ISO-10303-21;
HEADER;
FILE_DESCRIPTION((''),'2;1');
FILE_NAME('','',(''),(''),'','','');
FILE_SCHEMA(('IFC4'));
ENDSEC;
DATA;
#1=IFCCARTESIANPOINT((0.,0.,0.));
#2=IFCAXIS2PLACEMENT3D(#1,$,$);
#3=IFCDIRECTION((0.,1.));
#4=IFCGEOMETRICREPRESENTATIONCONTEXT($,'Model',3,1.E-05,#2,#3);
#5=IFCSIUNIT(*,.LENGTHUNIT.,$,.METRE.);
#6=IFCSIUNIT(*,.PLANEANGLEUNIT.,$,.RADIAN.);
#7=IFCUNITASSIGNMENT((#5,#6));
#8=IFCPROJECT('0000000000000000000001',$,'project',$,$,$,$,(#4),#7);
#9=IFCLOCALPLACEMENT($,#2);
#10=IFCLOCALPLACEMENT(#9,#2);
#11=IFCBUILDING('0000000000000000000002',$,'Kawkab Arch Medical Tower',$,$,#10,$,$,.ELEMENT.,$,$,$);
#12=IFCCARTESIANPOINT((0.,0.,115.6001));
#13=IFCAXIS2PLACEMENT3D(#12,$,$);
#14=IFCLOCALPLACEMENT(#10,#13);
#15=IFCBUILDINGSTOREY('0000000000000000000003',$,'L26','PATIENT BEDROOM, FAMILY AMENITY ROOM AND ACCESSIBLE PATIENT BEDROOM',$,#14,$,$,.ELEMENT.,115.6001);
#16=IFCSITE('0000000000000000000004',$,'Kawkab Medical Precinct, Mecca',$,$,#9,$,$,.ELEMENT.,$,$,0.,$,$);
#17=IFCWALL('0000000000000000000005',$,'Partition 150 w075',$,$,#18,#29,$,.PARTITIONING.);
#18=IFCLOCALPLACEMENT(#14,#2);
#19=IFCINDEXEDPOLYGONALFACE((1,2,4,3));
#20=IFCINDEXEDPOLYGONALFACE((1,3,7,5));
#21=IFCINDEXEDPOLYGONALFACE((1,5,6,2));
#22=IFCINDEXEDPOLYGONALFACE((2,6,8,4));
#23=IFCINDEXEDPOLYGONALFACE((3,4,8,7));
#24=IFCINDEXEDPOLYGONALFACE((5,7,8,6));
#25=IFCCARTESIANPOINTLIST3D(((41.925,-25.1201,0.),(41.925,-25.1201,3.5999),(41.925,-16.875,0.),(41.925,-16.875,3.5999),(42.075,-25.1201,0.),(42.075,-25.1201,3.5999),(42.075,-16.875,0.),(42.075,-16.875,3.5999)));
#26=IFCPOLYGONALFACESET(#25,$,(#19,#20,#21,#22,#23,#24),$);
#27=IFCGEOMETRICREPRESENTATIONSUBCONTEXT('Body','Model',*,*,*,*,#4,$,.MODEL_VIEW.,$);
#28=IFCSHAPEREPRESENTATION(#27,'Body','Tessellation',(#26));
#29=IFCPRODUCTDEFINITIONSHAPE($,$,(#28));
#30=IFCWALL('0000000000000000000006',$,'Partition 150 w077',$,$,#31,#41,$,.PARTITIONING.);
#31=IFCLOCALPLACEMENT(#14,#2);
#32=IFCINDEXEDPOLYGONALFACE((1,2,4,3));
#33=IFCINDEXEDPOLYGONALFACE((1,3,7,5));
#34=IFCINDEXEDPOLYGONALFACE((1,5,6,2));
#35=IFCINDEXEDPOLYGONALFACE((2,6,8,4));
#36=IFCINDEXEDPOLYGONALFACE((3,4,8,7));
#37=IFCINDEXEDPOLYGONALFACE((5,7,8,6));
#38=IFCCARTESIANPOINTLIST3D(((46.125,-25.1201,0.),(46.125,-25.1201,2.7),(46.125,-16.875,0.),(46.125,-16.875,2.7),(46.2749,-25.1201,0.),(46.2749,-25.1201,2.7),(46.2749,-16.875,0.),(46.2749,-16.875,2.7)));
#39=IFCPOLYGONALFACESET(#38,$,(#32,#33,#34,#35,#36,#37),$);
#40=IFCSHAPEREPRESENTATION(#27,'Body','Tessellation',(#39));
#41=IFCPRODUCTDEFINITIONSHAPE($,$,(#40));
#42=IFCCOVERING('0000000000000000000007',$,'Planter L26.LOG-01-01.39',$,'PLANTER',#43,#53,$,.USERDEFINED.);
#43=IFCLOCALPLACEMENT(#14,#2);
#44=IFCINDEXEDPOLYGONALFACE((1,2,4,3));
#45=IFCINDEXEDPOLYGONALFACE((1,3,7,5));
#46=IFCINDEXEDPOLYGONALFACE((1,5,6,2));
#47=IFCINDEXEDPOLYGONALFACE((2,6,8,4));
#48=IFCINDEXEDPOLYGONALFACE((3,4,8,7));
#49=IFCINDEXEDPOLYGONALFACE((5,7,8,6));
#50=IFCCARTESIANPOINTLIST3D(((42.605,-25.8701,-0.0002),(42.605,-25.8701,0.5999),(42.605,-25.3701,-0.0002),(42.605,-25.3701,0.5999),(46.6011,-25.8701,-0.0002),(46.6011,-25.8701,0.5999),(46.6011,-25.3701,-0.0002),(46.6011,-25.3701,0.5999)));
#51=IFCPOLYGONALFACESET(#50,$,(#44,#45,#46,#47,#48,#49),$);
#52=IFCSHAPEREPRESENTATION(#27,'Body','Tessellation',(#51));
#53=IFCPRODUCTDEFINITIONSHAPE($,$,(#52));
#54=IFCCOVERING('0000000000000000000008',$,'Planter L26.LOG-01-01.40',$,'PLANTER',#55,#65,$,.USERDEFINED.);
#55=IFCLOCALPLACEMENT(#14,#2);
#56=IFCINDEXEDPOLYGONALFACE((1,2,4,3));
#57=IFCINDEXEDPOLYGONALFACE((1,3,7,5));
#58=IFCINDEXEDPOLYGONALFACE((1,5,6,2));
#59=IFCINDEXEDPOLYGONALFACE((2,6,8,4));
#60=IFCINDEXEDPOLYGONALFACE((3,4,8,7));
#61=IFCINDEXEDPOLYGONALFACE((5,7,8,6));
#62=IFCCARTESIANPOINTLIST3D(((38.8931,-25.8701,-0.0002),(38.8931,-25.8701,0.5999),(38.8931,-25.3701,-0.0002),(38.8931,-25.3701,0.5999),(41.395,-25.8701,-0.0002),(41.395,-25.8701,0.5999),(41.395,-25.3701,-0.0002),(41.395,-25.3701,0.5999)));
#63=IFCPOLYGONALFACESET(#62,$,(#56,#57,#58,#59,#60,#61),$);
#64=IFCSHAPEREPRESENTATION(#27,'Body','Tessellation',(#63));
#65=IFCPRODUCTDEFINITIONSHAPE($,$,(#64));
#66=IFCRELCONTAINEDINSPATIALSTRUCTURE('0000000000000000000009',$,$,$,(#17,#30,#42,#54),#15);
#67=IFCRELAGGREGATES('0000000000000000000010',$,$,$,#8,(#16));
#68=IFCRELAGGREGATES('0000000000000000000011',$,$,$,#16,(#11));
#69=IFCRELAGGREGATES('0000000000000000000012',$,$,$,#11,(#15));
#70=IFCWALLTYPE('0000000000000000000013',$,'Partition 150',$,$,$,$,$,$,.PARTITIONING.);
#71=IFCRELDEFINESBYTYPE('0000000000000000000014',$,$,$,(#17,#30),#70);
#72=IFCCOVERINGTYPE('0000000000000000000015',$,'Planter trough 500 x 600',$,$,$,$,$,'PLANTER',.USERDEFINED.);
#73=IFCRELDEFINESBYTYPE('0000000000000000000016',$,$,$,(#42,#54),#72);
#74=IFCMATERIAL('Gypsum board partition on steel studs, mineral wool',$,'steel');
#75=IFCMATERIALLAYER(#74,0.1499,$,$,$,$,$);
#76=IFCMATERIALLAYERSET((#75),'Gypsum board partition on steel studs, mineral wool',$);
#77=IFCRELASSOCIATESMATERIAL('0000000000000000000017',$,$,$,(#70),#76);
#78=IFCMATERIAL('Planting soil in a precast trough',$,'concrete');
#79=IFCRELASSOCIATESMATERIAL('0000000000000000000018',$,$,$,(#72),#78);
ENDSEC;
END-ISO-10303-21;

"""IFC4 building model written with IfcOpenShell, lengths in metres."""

from ifc_helpers import new_model, si_unit, direction, frame, frame_2d, origin, origin_2d, place, context, subcontext, project, spatial, rectangle, extrude, material, layer, layer_set, material_profile, profile_set, type_object, element, save


model = new_model("IFC4")

# Units and contexts
model_context = context("Model", 3, precision=1e-05, world=origin(), true_north=direction((0.0, 1.0)))
body_context = subcontext(model_context, "Body", "Model", "MODEL_VIEW")
ifc_project = project(units=[si_unit("LENGTHUNIT", "METRE"), si_unit("PLANEANGLEUNIT", "RADIAN")], contexts=[model_context])

# Site, building, storey
site_placement = place(None, origin())
site = spatial("IfcSite", under=ifc_project, at=site_placement, Name="Kawkab Medical Precinct, Mecca", CompositionType="ELEMENT", RefElevation=0.0)
building_placement = place(site_placement, origin())
building = spatial("IfcBuilding", under=site, at=building_placement, Name="Kawkab Arch Medical Tower", CompositionType="ELEMENT")
storey_placement = place(building_placement, frame((0.0, 0.0, 115.6001)))
storey = spatial("IfcBuildingStorey", under=building, at=storey_placement, Name="L26", Description="PATIENT BEDROOM, FAMILY AMENITY ROOM AND ACCESSIBLE PATIENT BEDROOM", CompositionType="ELEMENT", Elevation=115.6001)

# Walls
ifc_material_1 = material(Name="Gypsum board partition on steel studs, mineral wool", Category="steel")
ifc_layer_1 = layer(ifc_material_1, 0.1499)
ifc_layer_set_1 = layer_set([ifc_layer_1], Name="Gypsum board partition on steel studs, mineral wool")
wall_type_1 = type_object("IfcWallType", Name="Partition 150", PredefinedType="PARTITIONING", material=ifc_layer_set_1)
wall_1_placement = place(storey_placement, frame((42.0, -25.1201, 0.0), z_axis=(0.0, 0.0, 1.0), x_axis=(0.0, 1.0, 0.0)))
element("IfcWall", 1, at=wall_1_placement, inside=storey, type_object=wall_type_1, Name="Partition 150 w075", PredefinedType="PARTITIONING", context=body_context, shape_type="SweptSolid", body=[
    extrude(rectangle(XDim=8.2451, YDim=0.1499, at=frame_2d((4.1226, 0.0))), origin(), (0.0, 0.0, 1.0), 3.5999),
])
wall_2_placement = place(storey_placement, frame((46.2, -25.1201, 0.0), z_axis=(0.0, 0.0, 1.0), x_axis=(0.0, 1.0, 0.0)))
element("IfcWall", 2, at=wall_2_placement, inside=storey, type_object=wall_type_1, Name="Partition 150 w077", PredefinedType="PARTITIONING", context=body_context, shape_type="SweptSolid", body=[
    extrude(rectangle(XDim=8.2451, YDim=0.1499, at=frame_2d((4.1226, 0.0))), origin(), (0.0, 0.0, 1.0), 2.7),
])

# Coverings
ifc_material_2 = material(Name="Planting soil in a precast trough", Category="concrete")
ifc_material_profile_1 = material_profile(ifc_material_2, rectangle(XDim=0.5, YDim=0.6001, at=origin_2d()), Name="Trough 500x600")
ifc_profile_set_1 = profile_set([ifc_material_profile_1], Name="Planting soil in a precast trough")
covering_type = type_object("IfcCoveringType", Name="Planter trough 500 x 600", ElementType="PLANTER", PredefinedType="USERDEFINED", material=ifc_profile_set_1)
covering_1_placement = place(storey_placement, frame((46.6011, -25.6201, 0.2998), z_axis=(-1.0, 0.0, 0.0), x_axis=(0.0, -1.0, 0.0)))
element("IfcCovering", 3, at=covering_1_placement, inside=storey, type_object=covering_type, Name="Planter L26.LOG-01-01.39", ObjectType="PLANTER", PredefinedType="USERDEFINED", context=body_context, shape_type="SweptSolid", body=[
    extrude(rectangle(XDim=0.5, YDim=0.6001, at=origin_2d()), origin(), (0.0, 0.0, 1.0), 3.9961),
])
covering_2_placement = place(storey_placement, frame((41.395, -25.6201, 0.2998), z_axis=(-1.0, 0.0, 0.0), x_axis=(0.0, -1.0, 0.0)))
element("IfcCovering", 4, at=covering_2_placement, inside=storey, type_object=covering_type, Name="Planter L26.LOG-01-01.40", ObjectType="PLANTER", PredefinedType="USERDEFINED", context=body_context, shape_type="SweptSolid", body=[
    extrude(rectangle(XDim=0.5, YDim=0.6001, at=origin_2d()), origin(), (0.0, 0.0, 1.0), 2.502),
])

save(model, "model.ifc")
